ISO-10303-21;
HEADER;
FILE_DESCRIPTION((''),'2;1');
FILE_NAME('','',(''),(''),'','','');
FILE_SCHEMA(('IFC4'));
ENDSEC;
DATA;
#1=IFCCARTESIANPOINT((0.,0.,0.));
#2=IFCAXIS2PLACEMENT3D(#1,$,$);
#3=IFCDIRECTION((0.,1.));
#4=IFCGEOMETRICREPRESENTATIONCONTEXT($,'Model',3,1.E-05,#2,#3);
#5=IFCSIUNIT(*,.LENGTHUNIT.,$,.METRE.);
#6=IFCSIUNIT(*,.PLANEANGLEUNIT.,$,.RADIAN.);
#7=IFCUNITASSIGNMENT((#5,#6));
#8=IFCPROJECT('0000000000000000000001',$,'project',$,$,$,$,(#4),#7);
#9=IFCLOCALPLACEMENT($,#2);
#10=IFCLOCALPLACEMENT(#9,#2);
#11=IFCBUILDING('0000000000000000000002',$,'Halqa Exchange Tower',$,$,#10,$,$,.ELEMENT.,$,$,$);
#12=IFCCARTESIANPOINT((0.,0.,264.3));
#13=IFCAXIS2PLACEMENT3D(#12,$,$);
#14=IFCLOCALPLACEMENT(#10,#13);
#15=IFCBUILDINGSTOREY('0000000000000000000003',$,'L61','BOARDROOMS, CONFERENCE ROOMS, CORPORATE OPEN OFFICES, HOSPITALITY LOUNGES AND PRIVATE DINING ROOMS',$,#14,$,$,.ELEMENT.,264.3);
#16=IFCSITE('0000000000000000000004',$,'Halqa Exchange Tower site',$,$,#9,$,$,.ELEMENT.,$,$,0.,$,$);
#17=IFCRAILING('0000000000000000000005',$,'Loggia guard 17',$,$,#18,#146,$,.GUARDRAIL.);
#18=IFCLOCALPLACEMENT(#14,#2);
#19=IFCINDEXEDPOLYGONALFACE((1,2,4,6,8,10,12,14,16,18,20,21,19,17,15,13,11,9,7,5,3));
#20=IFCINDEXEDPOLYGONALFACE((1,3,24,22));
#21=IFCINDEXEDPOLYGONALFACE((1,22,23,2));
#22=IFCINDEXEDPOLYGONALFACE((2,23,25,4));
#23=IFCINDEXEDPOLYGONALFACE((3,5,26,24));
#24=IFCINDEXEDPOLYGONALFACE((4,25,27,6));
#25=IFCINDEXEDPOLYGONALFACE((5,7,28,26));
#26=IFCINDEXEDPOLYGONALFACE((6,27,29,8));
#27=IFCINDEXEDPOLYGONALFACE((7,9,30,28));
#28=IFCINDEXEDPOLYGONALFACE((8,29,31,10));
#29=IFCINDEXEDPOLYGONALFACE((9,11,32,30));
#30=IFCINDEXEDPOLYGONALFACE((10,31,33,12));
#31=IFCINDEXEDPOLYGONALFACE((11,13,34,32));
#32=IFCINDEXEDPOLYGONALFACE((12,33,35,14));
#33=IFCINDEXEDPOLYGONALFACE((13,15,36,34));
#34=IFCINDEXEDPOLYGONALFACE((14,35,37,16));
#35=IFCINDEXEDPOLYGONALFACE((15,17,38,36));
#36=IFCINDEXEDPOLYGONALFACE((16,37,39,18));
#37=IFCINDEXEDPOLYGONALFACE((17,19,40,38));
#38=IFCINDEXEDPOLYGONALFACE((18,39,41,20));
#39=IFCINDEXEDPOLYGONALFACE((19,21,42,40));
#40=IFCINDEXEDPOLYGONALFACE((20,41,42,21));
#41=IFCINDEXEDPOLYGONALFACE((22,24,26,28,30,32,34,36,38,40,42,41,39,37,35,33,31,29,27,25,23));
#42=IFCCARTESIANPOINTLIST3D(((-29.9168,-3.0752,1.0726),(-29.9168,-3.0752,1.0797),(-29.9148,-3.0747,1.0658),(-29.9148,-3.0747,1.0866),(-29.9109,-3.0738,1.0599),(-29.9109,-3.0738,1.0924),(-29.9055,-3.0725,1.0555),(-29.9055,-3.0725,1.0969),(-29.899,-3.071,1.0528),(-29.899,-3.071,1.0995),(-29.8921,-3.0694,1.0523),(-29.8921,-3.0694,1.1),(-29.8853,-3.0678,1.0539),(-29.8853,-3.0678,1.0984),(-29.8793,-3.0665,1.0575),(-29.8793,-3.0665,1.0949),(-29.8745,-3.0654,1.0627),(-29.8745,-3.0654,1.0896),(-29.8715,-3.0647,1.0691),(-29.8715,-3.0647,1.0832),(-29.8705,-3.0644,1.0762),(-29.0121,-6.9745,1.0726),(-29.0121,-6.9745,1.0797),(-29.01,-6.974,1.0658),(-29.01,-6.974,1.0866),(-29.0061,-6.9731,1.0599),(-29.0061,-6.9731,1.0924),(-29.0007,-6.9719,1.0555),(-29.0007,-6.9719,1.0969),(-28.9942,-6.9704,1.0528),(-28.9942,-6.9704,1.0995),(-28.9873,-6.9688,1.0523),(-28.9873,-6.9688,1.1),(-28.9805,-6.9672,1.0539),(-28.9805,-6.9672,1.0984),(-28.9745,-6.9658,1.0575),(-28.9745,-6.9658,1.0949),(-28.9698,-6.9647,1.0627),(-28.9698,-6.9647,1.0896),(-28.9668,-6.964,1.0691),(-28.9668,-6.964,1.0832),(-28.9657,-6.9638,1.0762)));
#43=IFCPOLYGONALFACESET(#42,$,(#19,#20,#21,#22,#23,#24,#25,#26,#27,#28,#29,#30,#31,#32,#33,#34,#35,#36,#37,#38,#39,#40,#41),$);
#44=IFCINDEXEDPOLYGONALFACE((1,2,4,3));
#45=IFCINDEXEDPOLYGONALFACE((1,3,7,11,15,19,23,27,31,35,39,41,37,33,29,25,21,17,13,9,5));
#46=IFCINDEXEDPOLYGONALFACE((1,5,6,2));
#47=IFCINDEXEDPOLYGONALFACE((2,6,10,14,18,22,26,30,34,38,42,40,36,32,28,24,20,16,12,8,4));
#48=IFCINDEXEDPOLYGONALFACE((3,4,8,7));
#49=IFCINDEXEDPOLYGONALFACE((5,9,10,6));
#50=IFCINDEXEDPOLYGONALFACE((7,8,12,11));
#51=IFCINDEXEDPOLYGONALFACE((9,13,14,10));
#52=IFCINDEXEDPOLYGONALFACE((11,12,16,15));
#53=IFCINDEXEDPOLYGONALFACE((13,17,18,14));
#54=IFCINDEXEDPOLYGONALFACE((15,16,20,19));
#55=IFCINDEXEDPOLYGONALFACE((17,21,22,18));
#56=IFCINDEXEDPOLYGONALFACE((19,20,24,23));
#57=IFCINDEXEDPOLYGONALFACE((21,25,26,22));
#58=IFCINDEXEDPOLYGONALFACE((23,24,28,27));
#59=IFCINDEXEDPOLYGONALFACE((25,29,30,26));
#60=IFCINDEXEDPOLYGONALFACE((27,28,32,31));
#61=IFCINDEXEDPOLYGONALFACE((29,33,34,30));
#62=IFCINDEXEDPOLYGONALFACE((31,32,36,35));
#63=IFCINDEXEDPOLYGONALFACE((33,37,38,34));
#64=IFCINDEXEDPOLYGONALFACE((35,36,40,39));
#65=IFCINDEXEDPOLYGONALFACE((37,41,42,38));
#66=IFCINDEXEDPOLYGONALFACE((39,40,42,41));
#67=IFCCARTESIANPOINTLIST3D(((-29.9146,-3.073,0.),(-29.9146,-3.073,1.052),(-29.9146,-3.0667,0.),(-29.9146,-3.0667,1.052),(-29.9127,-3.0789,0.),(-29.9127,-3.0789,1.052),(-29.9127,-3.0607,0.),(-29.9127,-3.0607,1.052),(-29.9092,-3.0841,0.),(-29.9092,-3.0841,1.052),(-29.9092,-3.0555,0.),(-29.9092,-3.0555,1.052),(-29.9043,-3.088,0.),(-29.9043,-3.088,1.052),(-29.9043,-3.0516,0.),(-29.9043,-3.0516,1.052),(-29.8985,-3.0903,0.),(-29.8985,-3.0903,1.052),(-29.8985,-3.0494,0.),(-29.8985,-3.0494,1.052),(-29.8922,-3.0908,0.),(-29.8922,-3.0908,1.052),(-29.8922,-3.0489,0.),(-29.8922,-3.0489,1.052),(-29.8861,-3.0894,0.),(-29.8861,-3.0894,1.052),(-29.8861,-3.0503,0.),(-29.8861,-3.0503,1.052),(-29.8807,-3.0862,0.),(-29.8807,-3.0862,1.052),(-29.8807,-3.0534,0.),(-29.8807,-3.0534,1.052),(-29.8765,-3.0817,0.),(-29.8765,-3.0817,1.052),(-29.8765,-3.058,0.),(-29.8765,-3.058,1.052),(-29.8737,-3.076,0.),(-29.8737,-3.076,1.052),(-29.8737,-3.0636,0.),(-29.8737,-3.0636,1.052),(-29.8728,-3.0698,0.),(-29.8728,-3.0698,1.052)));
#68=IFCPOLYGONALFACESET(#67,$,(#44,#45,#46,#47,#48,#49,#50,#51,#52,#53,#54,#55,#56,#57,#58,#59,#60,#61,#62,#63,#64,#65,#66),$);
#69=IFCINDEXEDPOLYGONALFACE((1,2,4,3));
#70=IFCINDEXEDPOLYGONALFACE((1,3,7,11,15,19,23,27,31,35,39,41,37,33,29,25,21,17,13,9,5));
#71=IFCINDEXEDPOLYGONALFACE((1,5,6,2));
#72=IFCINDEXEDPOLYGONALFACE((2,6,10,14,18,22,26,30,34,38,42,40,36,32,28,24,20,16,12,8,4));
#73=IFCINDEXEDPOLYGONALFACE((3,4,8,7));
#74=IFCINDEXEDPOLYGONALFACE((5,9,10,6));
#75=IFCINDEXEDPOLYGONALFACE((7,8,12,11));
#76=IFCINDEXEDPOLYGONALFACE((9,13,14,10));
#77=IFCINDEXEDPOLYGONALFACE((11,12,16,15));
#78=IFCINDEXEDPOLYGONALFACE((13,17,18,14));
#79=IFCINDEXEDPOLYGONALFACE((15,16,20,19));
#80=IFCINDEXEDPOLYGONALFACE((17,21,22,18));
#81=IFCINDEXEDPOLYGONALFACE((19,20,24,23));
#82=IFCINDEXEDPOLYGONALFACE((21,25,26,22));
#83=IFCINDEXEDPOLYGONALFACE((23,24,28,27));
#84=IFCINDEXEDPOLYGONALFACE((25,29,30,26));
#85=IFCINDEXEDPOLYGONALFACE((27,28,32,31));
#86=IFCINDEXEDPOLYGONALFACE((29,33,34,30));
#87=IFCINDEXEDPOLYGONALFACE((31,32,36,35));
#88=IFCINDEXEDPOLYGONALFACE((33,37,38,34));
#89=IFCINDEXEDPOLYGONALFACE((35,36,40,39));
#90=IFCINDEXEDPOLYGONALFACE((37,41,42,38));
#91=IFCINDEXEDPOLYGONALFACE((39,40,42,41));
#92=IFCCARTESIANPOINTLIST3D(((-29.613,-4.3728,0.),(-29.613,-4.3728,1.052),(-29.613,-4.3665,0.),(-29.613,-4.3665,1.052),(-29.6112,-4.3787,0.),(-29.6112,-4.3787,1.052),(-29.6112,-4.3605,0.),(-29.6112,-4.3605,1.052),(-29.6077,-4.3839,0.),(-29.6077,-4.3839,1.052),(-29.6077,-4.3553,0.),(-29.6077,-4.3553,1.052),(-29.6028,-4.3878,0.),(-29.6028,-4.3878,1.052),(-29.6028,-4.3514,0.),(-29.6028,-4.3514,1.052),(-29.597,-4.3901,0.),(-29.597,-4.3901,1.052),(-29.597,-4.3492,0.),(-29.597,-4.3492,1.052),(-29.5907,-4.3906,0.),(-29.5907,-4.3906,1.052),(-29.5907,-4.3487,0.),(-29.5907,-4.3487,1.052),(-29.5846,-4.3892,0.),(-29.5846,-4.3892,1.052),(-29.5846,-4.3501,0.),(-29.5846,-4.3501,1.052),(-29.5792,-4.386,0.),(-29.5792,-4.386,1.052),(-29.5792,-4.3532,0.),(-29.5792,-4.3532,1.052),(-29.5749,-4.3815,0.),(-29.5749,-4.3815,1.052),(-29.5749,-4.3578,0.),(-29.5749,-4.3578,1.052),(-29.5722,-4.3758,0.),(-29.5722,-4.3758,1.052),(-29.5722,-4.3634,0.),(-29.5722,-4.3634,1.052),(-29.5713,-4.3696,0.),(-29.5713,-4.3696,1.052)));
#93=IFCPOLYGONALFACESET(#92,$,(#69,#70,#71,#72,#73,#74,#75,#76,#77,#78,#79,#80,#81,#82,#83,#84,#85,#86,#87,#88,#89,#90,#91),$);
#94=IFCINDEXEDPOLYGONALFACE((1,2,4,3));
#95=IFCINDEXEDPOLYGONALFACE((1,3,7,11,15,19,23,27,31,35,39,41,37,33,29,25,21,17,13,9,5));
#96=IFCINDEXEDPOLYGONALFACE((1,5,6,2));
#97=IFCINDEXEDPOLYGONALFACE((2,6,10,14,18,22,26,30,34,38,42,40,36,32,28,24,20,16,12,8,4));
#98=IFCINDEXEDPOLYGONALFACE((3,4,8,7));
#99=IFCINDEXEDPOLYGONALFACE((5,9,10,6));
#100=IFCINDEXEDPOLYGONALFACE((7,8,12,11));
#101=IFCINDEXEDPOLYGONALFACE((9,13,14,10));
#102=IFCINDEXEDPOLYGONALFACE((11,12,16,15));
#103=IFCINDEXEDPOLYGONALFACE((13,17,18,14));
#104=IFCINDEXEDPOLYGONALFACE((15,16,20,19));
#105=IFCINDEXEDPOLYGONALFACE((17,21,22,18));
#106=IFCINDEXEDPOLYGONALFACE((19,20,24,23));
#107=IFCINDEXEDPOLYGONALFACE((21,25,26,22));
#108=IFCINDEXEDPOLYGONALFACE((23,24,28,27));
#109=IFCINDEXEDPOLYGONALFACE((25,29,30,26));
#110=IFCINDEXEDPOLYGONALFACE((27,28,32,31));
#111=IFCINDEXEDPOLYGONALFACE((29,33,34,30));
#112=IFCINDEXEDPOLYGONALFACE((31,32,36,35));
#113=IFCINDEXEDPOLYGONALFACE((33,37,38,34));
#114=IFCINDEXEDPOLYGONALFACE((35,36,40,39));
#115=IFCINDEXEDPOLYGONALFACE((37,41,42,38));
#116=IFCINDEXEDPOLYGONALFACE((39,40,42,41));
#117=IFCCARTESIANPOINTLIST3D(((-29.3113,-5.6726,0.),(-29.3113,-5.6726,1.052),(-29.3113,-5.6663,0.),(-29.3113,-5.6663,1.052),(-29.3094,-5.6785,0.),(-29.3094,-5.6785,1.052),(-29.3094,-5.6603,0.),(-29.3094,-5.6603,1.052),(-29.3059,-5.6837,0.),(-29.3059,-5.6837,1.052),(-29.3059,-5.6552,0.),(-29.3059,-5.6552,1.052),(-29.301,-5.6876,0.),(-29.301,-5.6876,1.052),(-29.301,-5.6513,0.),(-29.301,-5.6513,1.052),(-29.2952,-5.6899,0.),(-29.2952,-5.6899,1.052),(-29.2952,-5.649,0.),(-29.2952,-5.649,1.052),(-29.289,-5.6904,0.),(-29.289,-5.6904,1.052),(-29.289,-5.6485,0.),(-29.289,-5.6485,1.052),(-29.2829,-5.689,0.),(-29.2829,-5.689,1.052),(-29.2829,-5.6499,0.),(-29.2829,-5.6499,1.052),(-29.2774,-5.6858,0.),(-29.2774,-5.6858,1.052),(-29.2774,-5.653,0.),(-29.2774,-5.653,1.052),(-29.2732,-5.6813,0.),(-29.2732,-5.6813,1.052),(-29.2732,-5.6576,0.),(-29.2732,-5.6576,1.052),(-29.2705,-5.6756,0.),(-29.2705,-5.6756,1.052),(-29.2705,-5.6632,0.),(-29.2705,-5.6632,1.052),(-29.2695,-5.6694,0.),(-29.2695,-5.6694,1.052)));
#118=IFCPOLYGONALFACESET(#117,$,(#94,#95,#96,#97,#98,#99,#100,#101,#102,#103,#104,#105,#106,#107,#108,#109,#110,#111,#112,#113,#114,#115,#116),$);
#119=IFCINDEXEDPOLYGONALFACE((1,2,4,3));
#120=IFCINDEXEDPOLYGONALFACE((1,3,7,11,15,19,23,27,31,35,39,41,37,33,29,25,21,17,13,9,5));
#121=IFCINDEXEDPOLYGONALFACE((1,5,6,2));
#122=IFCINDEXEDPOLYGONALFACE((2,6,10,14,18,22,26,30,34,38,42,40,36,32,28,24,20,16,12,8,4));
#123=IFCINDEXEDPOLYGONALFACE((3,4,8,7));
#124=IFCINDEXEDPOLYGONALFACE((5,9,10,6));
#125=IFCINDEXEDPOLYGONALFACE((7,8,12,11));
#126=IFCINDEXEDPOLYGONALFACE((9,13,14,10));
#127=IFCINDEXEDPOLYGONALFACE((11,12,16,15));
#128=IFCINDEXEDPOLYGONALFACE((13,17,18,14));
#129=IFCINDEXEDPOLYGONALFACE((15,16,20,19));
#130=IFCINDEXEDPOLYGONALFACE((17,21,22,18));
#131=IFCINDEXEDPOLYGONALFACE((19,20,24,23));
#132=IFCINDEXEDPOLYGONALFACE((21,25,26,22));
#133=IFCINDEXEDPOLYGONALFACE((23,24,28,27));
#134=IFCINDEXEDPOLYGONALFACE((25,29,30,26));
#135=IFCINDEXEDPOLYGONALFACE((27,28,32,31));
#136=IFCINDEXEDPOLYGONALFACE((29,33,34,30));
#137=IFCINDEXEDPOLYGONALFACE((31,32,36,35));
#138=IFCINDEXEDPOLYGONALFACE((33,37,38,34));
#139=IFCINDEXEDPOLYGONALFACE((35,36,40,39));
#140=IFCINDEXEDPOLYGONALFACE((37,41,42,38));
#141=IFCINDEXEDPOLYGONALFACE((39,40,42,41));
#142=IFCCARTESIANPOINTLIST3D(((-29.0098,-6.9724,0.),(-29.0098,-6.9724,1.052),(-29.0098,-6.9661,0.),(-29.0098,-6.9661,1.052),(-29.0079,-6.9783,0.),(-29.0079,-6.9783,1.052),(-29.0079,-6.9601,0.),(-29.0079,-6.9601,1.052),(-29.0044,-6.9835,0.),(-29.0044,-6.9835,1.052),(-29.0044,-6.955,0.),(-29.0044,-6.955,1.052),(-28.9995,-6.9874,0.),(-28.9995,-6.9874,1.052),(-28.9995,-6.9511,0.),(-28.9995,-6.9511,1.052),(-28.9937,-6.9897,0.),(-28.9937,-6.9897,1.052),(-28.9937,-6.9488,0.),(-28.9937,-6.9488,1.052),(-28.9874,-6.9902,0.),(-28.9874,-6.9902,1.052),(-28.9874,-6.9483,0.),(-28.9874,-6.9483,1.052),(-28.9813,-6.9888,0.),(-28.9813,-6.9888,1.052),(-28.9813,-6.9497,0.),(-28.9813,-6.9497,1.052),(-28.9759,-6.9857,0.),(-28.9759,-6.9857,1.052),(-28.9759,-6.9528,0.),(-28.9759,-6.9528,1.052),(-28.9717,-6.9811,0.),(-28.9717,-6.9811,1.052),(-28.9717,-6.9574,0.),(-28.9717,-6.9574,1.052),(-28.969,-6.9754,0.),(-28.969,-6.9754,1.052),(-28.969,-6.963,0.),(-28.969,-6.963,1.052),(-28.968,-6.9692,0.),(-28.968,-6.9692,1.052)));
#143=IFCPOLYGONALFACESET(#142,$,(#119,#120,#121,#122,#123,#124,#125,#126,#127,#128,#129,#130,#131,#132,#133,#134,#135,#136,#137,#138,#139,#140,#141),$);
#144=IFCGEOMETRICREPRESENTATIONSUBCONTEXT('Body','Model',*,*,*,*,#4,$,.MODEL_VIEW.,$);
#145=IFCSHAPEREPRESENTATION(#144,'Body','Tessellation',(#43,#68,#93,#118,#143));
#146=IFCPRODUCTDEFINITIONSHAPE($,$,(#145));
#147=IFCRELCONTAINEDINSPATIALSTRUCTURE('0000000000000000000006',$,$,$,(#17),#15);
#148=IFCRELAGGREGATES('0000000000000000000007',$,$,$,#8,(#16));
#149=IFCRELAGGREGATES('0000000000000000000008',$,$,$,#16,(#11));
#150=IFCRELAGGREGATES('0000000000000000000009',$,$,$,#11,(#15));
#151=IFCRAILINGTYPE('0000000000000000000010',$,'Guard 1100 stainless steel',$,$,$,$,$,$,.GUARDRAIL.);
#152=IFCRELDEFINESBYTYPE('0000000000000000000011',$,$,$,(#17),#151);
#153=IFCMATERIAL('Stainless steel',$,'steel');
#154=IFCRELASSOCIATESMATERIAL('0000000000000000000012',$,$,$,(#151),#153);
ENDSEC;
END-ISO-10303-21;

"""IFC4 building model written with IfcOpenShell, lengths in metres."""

from ifc_helpers import new_model, si_unit, direction, frame, origin, origin_2d, place, context, subcontext, project, spatial, circle, extrude, material, type_object, element, save


model = new_model("IFC4")

# Units and contexts
model_context = context("Model", 3, precision=1e-05, world=origin(), true_north=direction((0.0, 1.0)))
body_context = subcontext(model_context, "Body", "Model", "MODEL_VIEW")
ifc_project = project(units=[si_unit("LENGTHUNIT", "METRE"), si_unit("PLANEANGLEUNIT", "RADIAN")], contexts=[model_context])

# Site, building, storey
site_placement = place(None, origin())
site = spatial("IfcSite", under=ifc_project, at=site_placement, Name="Halqa Exchange Tower site", CompositionType="ELEMENT", RefElevation=0.0)
building_placement = place(site_placement, origin())
building = spatial("IfcBuilding", under=site, at=building_placement, Name="Halqa Exchange Tower", CompositionType="ELEMENT")
storey_placement = place(building_placement, frame((0.0, 0.0, 264.3)))
storey = spatial("IfcBuildingStorey", under=building, at=storey_placement, Name="L61", Description="BOARDROOMS, CONFERENCE ROOMS, CORPORATE OPEN OFFICES, HOSPITALITY LOUNGES AND PRIVATE DINING ROOMS", CompositionType="ELEMENT", Elevation=264.3)

# Railing
ifc_material_1 = material(Name="Stainless steel", Category="steel")
railing_type = type_object("IfcRailingType", Name="Guard 1100 stainless steel", PredefinedType="GUARDRAIL", material=ifc_material_1)
railing_1_placement = place(storey_placement, frame((-29.8938, -3.0698, 0.0)))
element("IfcRailing", 1, at=railing_1_placement, inside=storey, type_object=railing_type, Name="Loggia guard 17", PredefinedType="GUARDRAIL", context=body_context, shape_type="SweptSolid", body=[
    extrude(circle(Radius=0.0239, at=origin_2d()), frame((0.0, 0.0, 1.0762), z_axis=(0.226026, -0.974121, 0.0), x_axis=(0.974121, 0.226026, 0.0)), (0.0, 0.0, 1.0), 4.0029),
    extrude(circle(Radius=0.021, at=origin_2d()), origin(), (0.0, 0.0, 1.0), 1.052),
    extrude(circle(Radius=0.021, at=origin_2d()), frame((0.3015, -1.2998, 0.0)), (0.0, 0.0, 1.0), 1.052),
    extrude(circle(Radius=0.021, at=origin_2d()), frame((0.6033, -2.5996, 0.0)), (0.0, 0.0, 1.0), 1.052),
    extrude(circle(Radius=0.021, at=origin_2d()), frame((0.9048, -3.8994, 0.0)), (0.0, 0.0, 1.0), 1.052),
])

save(model, "model.ifc")
